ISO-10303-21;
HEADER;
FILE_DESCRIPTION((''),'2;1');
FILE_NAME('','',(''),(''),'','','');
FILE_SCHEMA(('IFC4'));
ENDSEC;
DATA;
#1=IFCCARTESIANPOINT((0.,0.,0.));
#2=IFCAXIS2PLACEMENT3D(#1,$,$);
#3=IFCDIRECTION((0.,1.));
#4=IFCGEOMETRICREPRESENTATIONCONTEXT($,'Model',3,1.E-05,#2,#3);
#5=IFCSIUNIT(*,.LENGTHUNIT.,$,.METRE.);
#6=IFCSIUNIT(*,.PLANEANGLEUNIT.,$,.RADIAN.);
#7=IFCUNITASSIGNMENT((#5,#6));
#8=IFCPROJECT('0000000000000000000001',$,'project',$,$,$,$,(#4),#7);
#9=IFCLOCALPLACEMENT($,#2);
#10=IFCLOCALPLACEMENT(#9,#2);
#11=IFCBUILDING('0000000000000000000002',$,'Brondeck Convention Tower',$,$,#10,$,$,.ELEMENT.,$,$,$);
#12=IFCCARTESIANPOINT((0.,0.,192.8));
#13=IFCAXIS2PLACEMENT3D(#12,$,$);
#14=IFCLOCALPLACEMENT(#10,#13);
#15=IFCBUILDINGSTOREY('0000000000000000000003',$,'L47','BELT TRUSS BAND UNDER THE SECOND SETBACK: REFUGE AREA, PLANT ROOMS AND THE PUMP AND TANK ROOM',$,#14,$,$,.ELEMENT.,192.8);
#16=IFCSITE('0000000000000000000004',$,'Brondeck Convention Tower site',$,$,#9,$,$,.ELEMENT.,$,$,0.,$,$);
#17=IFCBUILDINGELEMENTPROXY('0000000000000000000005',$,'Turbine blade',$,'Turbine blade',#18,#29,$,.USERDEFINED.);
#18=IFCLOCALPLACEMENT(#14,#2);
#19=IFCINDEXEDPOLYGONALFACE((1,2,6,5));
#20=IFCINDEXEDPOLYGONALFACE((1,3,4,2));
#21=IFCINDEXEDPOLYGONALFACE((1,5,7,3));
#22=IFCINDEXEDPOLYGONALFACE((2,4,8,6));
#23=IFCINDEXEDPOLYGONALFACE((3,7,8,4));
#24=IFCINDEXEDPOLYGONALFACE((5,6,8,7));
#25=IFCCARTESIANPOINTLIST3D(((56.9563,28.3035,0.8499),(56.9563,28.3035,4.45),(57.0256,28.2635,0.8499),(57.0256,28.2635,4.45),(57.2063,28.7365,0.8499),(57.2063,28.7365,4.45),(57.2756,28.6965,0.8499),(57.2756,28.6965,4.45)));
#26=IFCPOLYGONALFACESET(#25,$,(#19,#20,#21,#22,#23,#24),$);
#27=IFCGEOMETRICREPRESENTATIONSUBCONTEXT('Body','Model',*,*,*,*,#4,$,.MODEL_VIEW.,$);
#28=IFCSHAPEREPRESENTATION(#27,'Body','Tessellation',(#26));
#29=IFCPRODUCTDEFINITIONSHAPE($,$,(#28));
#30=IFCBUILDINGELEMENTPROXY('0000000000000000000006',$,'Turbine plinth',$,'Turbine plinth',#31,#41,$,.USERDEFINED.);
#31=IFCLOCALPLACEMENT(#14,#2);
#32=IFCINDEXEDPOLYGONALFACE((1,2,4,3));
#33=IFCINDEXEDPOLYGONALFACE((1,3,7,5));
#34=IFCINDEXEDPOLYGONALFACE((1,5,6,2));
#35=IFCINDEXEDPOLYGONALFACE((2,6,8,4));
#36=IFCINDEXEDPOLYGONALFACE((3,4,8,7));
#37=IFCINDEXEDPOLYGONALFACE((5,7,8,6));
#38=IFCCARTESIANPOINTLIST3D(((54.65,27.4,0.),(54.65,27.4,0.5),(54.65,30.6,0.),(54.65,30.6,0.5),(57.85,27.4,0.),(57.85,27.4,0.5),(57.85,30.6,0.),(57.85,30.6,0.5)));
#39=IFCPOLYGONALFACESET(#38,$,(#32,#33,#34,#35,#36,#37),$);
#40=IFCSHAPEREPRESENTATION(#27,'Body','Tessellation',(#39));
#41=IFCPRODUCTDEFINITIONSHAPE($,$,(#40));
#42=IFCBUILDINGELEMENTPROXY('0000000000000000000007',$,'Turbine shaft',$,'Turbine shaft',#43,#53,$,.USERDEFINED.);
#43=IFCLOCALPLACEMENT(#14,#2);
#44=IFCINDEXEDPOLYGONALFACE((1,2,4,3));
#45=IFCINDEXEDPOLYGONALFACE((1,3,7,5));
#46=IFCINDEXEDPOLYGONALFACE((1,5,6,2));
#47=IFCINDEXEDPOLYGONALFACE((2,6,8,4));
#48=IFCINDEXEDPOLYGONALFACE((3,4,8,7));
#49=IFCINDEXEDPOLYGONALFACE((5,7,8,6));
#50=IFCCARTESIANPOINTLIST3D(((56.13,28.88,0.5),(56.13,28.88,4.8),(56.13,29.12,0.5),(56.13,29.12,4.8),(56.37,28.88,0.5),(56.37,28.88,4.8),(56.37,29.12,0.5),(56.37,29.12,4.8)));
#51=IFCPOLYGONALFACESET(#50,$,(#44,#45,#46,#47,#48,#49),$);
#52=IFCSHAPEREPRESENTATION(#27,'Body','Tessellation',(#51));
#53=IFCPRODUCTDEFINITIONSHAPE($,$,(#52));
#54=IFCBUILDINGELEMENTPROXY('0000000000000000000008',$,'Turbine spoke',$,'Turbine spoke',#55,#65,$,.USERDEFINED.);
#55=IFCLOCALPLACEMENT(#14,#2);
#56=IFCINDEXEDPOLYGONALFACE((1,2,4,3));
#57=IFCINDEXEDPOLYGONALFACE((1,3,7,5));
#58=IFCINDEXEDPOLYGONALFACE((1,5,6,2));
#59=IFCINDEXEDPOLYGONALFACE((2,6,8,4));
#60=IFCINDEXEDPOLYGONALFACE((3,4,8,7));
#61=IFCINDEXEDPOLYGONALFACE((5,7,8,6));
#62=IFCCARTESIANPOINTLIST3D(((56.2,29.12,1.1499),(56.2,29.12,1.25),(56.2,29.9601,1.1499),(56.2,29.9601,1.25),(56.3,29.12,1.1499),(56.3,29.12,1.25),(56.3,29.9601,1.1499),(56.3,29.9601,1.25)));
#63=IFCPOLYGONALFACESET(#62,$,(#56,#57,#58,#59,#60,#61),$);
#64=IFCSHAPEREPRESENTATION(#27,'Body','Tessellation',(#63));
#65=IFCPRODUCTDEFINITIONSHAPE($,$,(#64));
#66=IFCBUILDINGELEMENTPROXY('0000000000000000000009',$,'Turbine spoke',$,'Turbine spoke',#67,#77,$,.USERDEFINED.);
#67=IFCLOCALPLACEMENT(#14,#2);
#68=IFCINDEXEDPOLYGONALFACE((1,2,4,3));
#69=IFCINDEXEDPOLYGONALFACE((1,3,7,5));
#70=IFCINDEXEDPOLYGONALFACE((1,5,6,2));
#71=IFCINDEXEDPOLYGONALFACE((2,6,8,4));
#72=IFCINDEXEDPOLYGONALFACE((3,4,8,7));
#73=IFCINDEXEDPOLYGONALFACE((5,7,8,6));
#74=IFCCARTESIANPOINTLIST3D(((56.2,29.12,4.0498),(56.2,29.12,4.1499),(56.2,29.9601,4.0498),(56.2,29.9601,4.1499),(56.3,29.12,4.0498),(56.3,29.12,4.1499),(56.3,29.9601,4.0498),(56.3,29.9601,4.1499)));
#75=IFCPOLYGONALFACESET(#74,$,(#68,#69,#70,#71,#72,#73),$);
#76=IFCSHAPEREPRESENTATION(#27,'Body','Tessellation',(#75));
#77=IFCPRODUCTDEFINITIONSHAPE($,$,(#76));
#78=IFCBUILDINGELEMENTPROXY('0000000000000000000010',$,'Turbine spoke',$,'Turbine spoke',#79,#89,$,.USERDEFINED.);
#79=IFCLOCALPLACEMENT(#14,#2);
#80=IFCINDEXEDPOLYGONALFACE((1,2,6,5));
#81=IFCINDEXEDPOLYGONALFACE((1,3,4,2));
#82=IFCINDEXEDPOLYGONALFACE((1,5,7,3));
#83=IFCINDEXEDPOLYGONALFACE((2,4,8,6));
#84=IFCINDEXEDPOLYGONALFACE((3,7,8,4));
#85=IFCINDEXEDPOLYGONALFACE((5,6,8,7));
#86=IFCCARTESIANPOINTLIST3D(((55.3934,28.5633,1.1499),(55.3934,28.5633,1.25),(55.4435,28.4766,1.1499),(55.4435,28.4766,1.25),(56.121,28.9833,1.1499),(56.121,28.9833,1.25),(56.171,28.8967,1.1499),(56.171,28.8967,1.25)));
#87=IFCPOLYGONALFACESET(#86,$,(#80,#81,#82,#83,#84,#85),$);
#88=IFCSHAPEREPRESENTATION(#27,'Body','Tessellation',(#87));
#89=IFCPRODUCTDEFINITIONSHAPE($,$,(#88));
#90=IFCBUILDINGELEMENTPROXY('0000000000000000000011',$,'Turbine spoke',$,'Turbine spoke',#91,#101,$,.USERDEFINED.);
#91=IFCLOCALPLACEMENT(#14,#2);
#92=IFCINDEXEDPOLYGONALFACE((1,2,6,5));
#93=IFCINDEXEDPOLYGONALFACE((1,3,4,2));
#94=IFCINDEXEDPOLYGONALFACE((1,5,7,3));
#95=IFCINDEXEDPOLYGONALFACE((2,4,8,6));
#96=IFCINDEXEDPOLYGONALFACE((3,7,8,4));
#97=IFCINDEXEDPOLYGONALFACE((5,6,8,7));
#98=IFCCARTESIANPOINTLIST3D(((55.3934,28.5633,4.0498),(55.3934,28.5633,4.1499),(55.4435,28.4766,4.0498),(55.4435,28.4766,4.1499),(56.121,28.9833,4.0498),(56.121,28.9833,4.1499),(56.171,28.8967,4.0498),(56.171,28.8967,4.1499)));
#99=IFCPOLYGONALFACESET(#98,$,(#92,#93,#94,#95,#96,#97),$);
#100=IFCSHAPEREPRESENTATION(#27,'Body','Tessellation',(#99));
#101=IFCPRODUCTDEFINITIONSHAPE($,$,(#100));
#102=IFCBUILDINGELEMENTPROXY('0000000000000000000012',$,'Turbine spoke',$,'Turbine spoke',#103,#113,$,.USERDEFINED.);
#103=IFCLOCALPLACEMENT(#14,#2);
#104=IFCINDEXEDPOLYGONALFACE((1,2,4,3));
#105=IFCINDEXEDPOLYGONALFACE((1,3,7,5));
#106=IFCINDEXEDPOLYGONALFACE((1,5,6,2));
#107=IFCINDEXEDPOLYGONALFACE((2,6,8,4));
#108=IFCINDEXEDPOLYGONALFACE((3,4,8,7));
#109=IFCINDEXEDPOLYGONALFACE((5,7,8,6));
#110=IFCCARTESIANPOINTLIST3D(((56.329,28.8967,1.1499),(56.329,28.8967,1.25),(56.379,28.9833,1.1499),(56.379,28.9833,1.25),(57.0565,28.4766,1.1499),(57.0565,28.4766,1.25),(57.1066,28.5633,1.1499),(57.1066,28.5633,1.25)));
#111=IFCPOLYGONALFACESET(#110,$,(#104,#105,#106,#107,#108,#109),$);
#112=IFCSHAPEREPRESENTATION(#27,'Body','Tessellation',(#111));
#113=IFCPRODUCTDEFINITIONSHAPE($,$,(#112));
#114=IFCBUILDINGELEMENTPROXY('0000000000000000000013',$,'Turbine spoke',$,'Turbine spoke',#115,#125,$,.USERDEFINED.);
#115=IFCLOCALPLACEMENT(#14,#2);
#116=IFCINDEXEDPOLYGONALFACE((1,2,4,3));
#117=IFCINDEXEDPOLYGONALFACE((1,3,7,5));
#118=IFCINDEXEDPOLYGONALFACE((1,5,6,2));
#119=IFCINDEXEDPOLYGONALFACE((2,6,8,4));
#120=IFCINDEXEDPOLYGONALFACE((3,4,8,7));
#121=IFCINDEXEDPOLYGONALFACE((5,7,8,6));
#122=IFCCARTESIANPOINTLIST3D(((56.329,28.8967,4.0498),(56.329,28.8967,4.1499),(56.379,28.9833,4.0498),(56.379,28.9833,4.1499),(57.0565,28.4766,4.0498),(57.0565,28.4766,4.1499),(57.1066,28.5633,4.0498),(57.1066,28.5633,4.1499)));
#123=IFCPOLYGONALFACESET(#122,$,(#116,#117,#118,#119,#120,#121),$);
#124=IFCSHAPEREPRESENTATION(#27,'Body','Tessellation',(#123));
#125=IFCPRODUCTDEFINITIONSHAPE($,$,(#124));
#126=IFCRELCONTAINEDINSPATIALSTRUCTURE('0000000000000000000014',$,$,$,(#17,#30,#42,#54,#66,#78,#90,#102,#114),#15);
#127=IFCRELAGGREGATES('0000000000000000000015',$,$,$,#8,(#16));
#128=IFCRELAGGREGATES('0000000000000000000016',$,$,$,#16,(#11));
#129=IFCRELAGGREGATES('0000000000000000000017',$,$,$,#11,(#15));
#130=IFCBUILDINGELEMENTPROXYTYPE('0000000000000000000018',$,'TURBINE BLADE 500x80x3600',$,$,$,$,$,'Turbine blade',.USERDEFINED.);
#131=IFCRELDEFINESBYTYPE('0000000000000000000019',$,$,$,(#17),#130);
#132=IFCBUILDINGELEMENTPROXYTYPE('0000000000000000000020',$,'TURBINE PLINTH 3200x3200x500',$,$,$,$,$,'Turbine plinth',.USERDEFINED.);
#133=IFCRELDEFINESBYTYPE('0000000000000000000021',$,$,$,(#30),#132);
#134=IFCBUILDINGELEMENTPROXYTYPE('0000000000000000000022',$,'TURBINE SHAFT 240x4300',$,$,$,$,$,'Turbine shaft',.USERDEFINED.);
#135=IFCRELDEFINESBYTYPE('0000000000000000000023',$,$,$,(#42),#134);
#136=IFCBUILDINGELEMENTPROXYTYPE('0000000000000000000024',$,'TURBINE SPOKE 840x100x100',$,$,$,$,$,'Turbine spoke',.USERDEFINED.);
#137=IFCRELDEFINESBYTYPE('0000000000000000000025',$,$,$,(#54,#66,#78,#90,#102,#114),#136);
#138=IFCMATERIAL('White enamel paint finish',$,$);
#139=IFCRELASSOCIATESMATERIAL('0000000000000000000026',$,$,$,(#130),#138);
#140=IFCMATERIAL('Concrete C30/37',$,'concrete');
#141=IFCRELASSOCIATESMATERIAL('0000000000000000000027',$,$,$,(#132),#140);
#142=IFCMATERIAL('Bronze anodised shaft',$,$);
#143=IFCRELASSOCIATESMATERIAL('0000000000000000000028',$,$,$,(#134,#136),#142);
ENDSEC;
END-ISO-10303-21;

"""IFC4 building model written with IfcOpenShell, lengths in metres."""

from ifc_helpers import new_model, si_unit, direction, frame, origin, origin_2d, place, context, subcontext, project, spatial, rectangle, extrude, material, type_object, element, save


model = new_model("IFC4")

# Units and contexts
model_context = context("Model", 3, precision=1e-05, world=origin(), true_north=direction((0.0, 1.0)))
body_context = subcontext(model_context, "Body", "Model", "MODEL_VIEW")
ifc_project = project(units=[si_unit("LENGTHUNIT", "METRE"), si_unit("PLANEANGLEUNIT", "RADIAN")], contexts=[model_context])

# Site, building, storey
site_placement = place(None, origin())
site = spatial("IfcSite", under=ifc_project, at=site_placement, Name="Brondeck Convention Tower site", CompositionType="ELEMENT", RefElevation=0.0)
building_placement = place(site_placement, origin())
building = spatial("IfcBuilding", under=site, at=building_placement, Name="Brondeck Convention Tower", CompositionType="ELEMENT")
storey_placement = place(building_placement, frame((0.0, 0.0, 192.8)))
storey = spatial("IfcBuildingStorey", under=building, at=storey_placement, Name="L47", Description="BELT TRUSS BAND UNDER THE SECOND SETBACK: REFUGE AREA, PLANT ROOMS AND THE PUMP AND TANK ROOM", CompositionType="ELEMENT", Elevation=192.8)

# Building element proxies
ifc_material_1 = material(Name="White enamel paint finish")
building_element_proxy_type_1 = type_object("IfcBuildingElementProxyType", Name="TURBINE BLADE 500x80x3600", ElementType="Turbine blade", PredefinedType="USERDEFINED", material=ifc_material_1)
for number, where, z_axis, x_axis, name in (
    (1, (57.116, 28.5, 0.8499), (0.0, 0.0, 1.0), (0.5, 0.866025, 0.0), "Turbine blade"),
):
    element("IfcBuildingElementProxy", number, at=place(storey_placement, frame(where, z_axis=z_axis, x_axis=x_axis)), inside=storey, type_object=building_element_proxy_type_1, Name=name, ObjectType="Turbine blade", PredefinedType="USERDEFINED", context=body_context, shape_type="SweptSolid", body=[
        extrude(rectangle(XDim=0.5, YDim=0.0801, at=origin_2d()), origin(), (0.0, 0.0, 1.0), 3.6001),
    ])
ifc_material_2 = material(Name="Concrete C30/37", Category="concrete")
building_element_proxy_type_2 = type_object("IfcBuildingElementProxyType", Name="TURBINE PLINTH 3200x3200x500", ElementType="Turbine plinth", PredefinedType="USERDEFINED", material=ifc_material_2)
proxy_1_placement = place(storey_placement, frame((56.25, 29.0, 0.0), z_axis=(0.0, 0.0, 1.0), x_axis=(1.0, 0.0, 0.0)))
element("IfcBuildingElementProxy", 2, at=proxy_1_placement, inside=storey, type_object=building_element_proxy_type_2, Name="Turbine plinth", ObjectType="Turbine plinth", PredefinedType="USERDEFINED", context=body_context, shape_type="SweptSolid", body=[
    extrude(rectangle(XDim=3.2, YDim=3.2, at=origin_2d()), origin(), (0.0, 0.0, 1.0), 0.5),
])
ifc_material_3 = material(Name="Bronze anodised shaft")
building_element_proxy_type_3 = type_object("IfcBuildingElementProxyType", Name="TURBINE SHAFT 240x4300", ElementType="Turbine shaft", PredefinedType="USERDEFINED", material=ifc_material_3)
proxy_2_placement = place(storey_placement, frame((56.25, 29.0, 0.5), z_axis=(0.0, 0.0, 1.0), x_axis=(1.0, 0.0, 0.0)))
element("IfcBuildingElementProxy", 3, at=proxy_2_placement, inside=storey, type_object=building_element_proxy_type_3, Name="Turbine shaft", ObjectType="Turbine shaft", PredefinedType="USERDEFINED", context=body_context, shape_type="SweptSolid", body=[
    extrude(rectangle(XDim=0.24, YDim=0.24, at=origin_2d()), origin(), (0.0, 0.0, 1.0), 4.3),
])
building_element_proxy_type_4 = type_object("IfcBuildingElementProxyType", Name="TURBINE SPOKE 840x100x100", ElementType="Turbine spoke", PredefinedType="USERDEFINED", material=ifc_material_3)
for number, where, z_axis, x_axis, name in (
    (4, (56.25, 29.54, 1.1499), (0.0, 0.0, 1.0), (0.0, 1.0, 0.0), "Turbine spoke"),
    (5, (56.25, 29.54, 4.0498), (0.0, 0.0, 1.0), (0.0, 1.0, 0.0), "Turbine spoke"),
    (6, (55.7822, 28.73, 1.1499), (0.0, 0.0, 1.0), (-0.866025, -0.5, 0.0), "Turbine spoke"),
    (7, (55.7822, 28.73, 4.0498), (0.0, 0.0, 1.0), (-0.866025, -0.5, 0.0), "Turbine spoke"),
    (8, (56.7178, 28.73, 1.1499), (0.0, 0.0, 1.0), (0.866025, -0.5, 0.0), "Turbine spoke"),
    (9, (56.7178, 28.73, 4.0498), (0.0, 0.0, 1.0), (0.866025, -0.5, 0.0), "Turbine spoke"),
):
    element("IfcBuildingElementProxy", number, at=place(storey_placement, frame(where, z_axis=z_axis, x_axis=x_axis)), inside=storey, type_object=building_element_proxy_type_4, Name=name, ObjectType="Turbine spoke", PredefinedType="USERDEFINED", context=body_context, shape_type="SweptSolid", body=[
        extrude(rectangle(XDim=0.8401, YDim=0.1001, at=origin_2d()), origin(), (0.0, 0.0, 1.0), 0.1001),
    ])

save(model, "model.ifc")
